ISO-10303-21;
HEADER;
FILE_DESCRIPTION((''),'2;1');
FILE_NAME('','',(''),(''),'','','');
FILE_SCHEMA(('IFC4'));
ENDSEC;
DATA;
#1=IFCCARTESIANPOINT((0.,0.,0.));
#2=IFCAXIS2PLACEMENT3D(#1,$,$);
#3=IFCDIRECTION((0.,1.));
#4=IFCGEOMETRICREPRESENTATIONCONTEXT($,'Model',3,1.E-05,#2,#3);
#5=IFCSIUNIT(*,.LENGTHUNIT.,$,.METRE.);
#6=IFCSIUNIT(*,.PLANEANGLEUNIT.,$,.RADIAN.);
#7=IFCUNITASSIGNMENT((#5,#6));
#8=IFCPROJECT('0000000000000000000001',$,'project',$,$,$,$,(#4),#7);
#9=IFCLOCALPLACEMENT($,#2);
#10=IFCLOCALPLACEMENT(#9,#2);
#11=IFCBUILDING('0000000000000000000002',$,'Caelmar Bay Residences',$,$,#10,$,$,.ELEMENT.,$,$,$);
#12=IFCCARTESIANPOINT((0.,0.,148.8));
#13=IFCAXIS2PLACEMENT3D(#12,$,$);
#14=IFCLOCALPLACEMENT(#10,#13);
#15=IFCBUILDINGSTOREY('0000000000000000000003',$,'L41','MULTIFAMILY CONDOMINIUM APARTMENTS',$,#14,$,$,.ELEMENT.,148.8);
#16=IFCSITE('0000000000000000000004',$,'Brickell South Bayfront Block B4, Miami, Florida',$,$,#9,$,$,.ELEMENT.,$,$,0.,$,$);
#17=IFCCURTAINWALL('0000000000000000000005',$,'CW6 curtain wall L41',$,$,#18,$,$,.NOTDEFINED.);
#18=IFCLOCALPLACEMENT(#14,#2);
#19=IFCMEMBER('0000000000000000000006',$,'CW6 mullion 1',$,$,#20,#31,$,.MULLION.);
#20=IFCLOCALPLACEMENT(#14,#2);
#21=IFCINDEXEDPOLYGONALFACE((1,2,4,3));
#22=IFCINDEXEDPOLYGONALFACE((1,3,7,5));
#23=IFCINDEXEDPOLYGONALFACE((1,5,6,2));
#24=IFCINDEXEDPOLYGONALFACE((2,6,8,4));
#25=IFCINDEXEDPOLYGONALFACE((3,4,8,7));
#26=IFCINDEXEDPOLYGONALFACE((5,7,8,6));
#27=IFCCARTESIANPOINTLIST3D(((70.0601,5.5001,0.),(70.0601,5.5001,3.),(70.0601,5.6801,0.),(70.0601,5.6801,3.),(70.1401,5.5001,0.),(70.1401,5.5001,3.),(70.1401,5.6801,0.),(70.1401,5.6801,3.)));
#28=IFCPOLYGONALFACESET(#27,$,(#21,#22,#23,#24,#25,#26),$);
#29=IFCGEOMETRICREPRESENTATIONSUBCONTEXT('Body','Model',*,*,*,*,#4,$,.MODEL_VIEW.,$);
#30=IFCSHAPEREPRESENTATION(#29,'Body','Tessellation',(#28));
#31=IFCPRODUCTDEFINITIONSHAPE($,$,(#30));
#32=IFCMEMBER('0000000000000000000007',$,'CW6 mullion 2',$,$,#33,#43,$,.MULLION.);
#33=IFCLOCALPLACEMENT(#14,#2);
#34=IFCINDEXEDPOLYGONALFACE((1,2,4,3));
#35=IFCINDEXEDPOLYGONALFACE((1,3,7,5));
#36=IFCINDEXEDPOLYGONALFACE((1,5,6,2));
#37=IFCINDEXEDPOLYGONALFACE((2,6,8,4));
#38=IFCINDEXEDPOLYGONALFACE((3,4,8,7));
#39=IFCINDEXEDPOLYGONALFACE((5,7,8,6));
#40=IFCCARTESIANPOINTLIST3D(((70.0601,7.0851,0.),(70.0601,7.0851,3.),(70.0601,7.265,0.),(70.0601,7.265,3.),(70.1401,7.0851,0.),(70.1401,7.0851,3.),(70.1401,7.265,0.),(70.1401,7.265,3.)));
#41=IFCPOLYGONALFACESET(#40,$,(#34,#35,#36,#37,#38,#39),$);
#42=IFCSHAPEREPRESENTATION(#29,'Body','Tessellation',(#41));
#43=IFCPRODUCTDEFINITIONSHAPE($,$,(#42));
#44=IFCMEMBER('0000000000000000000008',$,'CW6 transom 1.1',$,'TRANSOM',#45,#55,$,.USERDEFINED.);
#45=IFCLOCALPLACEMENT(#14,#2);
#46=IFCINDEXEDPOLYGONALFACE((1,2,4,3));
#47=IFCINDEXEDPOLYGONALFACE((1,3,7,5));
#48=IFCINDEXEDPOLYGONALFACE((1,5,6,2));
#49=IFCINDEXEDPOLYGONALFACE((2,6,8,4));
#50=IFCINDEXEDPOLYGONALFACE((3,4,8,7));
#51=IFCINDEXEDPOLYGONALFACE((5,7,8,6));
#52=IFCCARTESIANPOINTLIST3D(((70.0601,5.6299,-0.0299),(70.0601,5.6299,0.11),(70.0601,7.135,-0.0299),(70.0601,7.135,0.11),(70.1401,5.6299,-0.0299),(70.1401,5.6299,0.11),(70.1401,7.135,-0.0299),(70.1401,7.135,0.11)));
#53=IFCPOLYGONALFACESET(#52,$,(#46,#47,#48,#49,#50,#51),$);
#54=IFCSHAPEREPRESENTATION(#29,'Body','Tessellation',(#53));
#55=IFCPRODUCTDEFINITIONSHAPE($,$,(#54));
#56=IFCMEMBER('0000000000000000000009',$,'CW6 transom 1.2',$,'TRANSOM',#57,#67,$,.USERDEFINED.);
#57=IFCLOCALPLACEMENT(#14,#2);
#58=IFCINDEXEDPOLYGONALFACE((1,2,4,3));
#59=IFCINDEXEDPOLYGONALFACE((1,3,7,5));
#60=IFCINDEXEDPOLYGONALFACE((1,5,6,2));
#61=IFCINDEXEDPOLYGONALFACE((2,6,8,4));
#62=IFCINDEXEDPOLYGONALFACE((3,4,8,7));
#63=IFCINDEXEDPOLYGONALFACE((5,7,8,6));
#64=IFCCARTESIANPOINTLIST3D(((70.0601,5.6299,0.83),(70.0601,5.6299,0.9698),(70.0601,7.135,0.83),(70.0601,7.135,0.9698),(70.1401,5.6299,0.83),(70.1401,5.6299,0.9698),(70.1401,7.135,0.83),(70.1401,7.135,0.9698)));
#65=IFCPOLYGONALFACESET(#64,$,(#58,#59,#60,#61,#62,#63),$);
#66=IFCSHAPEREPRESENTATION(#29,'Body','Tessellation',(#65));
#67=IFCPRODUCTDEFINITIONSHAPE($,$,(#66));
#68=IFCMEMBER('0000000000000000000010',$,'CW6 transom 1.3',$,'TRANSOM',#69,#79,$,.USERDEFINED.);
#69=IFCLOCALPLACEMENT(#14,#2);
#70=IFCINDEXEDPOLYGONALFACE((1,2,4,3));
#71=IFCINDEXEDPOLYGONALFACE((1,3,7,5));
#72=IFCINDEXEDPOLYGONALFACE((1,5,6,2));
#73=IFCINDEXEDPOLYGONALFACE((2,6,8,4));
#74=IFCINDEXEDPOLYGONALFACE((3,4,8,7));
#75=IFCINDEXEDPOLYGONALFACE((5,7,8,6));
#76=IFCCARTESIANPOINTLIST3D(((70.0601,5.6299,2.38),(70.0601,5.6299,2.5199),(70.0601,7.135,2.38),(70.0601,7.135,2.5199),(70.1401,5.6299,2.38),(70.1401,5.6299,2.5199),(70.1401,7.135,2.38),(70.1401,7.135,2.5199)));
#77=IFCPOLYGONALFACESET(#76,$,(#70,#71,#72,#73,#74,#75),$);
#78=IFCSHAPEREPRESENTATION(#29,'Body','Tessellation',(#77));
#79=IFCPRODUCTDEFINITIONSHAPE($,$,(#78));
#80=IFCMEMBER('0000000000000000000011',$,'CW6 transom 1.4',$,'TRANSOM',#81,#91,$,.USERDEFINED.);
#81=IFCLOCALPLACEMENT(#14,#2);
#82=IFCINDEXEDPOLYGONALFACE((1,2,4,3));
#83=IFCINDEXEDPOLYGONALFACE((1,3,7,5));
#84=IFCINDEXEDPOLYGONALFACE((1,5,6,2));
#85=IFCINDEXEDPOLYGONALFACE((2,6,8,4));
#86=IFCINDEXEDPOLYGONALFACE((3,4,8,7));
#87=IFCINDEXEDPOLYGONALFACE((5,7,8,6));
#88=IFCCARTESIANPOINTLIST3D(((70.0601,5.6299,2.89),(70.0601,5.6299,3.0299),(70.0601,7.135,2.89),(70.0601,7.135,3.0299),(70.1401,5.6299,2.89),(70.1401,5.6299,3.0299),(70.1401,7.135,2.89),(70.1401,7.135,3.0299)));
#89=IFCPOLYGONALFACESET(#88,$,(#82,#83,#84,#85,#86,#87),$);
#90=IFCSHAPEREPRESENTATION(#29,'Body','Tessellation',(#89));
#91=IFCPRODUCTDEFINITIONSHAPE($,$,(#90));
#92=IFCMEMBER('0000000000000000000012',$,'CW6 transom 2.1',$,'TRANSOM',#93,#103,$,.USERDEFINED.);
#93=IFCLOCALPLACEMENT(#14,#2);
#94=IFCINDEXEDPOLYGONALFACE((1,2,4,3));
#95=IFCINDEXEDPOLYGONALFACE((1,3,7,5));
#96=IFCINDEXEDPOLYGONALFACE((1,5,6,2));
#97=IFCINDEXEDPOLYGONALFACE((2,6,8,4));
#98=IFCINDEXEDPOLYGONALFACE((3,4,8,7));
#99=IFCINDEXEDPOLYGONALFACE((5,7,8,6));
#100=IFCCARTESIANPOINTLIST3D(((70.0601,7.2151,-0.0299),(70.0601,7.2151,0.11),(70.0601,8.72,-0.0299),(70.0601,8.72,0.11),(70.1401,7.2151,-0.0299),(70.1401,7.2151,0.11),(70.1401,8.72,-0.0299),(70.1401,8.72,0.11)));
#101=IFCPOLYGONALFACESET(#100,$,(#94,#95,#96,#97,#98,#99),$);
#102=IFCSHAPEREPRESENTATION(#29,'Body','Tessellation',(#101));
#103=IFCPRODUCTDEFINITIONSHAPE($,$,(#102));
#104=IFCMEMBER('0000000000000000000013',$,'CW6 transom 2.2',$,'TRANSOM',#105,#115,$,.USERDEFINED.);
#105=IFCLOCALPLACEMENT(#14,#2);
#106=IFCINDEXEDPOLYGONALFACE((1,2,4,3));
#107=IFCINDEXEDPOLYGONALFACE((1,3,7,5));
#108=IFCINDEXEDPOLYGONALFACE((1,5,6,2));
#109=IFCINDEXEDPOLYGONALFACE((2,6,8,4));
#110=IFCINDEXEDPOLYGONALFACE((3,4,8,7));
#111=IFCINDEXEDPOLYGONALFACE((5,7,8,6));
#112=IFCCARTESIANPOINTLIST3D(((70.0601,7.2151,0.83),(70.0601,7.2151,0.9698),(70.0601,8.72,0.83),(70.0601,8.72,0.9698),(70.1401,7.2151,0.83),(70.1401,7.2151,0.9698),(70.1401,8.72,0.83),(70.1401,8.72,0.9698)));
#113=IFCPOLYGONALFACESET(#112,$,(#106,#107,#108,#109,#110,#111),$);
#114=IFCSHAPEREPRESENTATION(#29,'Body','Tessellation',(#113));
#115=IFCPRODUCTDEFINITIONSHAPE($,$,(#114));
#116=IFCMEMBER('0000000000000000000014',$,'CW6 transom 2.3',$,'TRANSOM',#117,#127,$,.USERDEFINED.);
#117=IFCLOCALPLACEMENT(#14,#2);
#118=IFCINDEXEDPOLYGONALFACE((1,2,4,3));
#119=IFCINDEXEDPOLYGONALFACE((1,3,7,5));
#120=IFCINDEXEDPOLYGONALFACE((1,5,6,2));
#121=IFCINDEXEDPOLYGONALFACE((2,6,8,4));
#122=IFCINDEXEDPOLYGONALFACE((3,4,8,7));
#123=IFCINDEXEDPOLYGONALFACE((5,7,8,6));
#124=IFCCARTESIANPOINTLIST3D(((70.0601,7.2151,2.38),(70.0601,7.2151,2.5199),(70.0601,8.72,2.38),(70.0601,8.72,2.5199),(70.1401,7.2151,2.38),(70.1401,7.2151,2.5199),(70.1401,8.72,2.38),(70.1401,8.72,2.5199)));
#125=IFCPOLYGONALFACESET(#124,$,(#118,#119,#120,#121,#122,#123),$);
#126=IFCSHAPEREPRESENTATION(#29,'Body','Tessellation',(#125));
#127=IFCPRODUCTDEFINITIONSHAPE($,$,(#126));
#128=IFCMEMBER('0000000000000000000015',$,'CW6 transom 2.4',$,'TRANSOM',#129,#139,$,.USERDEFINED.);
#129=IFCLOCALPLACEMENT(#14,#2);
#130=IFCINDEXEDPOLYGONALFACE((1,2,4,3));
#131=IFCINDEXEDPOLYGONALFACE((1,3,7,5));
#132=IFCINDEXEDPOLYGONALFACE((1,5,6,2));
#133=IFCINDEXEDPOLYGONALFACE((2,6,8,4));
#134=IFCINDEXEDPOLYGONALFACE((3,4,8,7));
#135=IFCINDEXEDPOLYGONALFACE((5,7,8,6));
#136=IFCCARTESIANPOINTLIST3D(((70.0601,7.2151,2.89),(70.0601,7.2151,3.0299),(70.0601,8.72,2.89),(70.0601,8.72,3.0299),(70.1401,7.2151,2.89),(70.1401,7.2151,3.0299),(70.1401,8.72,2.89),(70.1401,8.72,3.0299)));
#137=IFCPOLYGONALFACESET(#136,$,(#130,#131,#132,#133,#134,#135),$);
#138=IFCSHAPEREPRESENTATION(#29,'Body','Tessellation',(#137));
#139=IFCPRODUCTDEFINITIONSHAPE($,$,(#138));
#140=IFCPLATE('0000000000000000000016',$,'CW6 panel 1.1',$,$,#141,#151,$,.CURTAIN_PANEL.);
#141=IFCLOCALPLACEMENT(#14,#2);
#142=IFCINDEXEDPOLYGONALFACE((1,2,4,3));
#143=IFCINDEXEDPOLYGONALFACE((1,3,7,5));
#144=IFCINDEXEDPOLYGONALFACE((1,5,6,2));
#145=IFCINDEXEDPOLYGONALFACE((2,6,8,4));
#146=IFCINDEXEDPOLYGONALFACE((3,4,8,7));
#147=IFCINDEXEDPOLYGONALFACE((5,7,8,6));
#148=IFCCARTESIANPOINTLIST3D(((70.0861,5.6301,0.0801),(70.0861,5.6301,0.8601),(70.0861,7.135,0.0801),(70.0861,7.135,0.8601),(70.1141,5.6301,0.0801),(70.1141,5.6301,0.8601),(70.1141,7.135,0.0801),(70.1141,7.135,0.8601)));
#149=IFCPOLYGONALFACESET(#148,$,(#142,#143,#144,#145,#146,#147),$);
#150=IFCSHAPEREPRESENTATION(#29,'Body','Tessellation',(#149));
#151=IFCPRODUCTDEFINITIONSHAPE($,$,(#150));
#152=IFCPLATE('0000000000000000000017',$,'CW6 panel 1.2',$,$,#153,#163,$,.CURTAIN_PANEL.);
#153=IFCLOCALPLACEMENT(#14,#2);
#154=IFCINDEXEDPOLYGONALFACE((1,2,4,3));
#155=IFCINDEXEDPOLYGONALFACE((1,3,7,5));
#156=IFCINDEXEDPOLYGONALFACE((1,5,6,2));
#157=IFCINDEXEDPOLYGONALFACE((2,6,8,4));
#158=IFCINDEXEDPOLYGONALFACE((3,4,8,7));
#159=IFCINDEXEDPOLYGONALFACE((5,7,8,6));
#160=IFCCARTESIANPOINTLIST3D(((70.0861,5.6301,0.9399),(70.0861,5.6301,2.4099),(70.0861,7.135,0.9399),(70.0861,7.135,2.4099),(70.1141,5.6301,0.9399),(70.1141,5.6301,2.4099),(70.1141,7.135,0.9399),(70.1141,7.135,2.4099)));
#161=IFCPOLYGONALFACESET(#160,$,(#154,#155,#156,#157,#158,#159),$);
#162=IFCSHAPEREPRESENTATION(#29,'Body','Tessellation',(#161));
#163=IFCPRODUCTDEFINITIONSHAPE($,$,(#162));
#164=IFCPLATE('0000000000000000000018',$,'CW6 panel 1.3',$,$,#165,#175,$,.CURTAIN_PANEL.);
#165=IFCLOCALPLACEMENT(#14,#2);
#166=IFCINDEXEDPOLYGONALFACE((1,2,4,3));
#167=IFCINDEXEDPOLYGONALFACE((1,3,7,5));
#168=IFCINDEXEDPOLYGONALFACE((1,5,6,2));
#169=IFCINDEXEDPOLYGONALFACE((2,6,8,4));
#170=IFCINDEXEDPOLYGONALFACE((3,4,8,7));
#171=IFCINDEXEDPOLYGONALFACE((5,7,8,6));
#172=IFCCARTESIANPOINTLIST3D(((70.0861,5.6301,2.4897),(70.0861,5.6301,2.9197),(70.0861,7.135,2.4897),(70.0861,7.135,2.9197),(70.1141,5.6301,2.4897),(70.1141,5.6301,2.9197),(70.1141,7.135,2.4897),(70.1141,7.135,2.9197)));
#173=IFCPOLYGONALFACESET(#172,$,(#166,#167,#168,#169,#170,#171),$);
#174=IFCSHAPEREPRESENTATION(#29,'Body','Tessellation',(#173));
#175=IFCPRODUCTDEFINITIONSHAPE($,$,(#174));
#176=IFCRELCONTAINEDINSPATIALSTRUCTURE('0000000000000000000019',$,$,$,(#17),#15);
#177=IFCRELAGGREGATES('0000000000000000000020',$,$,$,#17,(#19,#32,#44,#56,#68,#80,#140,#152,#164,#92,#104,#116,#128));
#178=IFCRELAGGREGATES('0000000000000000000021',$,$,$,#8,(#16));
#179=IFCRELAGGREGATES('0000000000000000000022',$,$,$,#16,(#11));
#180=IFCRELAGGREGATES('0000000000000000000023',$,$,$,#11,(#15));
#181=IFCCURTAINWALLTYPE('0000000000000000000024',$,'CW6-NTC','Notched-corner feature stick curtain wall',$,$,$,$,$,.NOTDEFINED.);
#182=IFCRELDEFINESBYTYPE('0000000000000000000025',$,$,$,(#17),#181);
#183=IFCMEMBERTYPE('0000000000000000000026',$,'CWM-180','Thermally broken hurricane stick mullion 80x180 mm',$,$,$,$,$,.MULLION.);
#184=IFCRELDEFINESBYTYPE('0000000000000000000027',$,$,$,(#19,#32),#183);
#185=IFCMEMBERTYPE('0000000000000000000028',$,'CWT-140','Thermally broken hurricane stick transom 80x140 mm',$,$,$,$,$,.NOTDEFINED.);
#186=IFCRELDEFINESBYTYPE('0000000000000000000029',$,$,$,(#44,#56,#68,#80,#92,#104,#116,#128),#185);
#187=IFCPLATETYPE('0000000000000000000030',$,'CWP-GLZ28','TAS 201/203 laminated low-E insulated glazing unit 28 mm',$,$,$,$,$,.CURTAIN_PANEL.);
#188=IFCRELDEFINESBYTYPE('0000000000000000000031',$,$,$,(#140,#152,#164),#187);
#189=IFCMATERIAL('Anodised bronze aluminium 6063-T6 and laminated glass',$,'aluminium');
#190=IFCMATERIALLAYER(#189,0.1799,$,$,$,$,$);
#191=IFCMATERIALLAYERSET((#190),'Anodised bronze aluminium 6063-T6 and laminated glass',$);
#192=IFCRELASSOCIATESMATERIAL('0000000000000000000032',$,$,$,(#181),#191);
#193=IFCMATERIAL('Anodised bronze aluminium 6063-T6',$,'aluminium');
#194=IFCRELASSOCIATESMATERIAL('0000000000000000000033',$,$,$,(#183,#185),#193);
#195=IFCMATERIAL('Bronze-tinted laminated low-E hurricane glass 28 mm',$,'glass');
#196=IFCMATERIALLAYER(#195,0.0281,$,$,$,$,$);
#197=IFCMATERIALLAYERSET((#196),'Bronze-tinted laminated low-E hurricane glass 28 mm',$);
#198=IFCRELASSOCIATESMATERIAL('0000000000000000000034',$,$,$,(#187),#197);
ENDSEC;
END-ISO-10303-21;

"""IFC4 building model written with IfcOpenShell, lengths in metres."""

from ifc_helpers import new_model, si_unit, direction, frame, origin, origin_2d, place, context, subcontext, project, spatial, rectangle, extrude, material, layer, layer_set, material_profile, profile_set, type_object, element, aggregate, save


model = new_model("IFC4")

# Units and contexts
model_context = context("Model", 3, precision=1e-05, world=origin(), true_north=direction((0.0, 1.0)))
body_context = subcontext(model_context, "Body", "Model", "MODEL_VIEW")
ifc_project = project(units=[si_unit("LENGTHUNIT", "METRE"), si_unit("PLANEANGLEUNIT", "RADIAN")], contexts=[model_context])

# Site, building, storey
site_placement = place(None, origin())
site = spatial("IfcSite", under=ifc_project, at=site_placement, Name="Brickell South Bayfront Block B4, Miami, Florida", CompositionType="ELEMENT", RefElevation=0.0)
building_placement = place(site_placement, origin())
building = spatial("IfcBuilding", under=site, at=building_placement, Name="Caelmar Bay Residences", CompositionType="ELEMENT")
storey_placement = place(building_placement, frame((0.0, 0.0, 148.8)))
storey = spatial("IfcBuildingStorey", under=building, at=storey_placement, Name="L41", Description="MULTIFAMILY CONDOMINIUM APARTMENTS", CompositionType="ELEMENT", Elevation=148.8)

# Curtain wall, members, plates
ifc_material_1 = material(Name="Anodised bronze aluminium 6063-T6 and laminated glass", Category="aluminium")
ifc_layer_1 = layer(ifc_material_1, 0.1799)
ifc_layer_set_1 = layer_set([ifc_layer_1], Name="Anodised bronze aluminium 6063-T6 and laminated glass")
curtain_wall_type = type_object("IfcCurtainWallType", Name="CW6-NTC", Description="Notched-corner feature stick curtain wall", PredefinedType="NOTDEFINED", material=ifc_layer_set_1)
curtain_wall_placement = place(storey_placement, origin())
curtain_wall = element("IfcCurtainWall", 1, at=curtain_wall_placement, inside=storey, type_object=curtain_wall_type, Name="CW6 curtain wall L41", PredefinedType="NOTDEFINED")
ifc_material_2 = material(Name="Anodised bronze aluminium 6063-T6", Category="aluminium")
ifc_material_profile_1 = material_profile(ifc_material_2, rectangle(XDim=0.0801, YDim=0.1799, at=origin_2d()), Name="CWM-80X180")
ifc_profile_set_1 = profile_set([ifc_material_profile_1], Name="Anodised bronze aluminium 6063-T6")
member_type_1 = type_object("IfcMemberType", Name="CWM-180", Description="Thermally broken hurricane stick mullion 80x180 mm", PredefinedType="MULLION", material=ifc_profile_set_1)
member_1_placement = place(storey_placement, frame((70.1001, 5.5901, 0.0), z_axis=(0.0, 0.0, 1.0), x_axis=(-1.0, 0.0, 0.0)))
member_1 = element("IfcMember", 2, at=member_1_placement, type_object=member_type_1, Name="CW6 mullion 1", PredefinedType="MULLION", context=body_context, shape_type="SweptSolid", body=[
    extrude(rectangle(XDim=0.0801, YDim=0.1799, at=origin_2d()), origin(), (0.0, 0.0, 1.0), 3.0),
])
member_2_placement = place(storey_placement, frame((70.1001, 7.175, 0.0), z_axis=(0.0, 0.0, 1.0), x_axis=(-1.0, 0.0, 0.0)))
member_2 = element("IfcMember", 3, at=member_2_placement, type_object=member_type_1, Name="CW6 mullion 2", PredefinedType="MULLION", context=body_context, shape_type="SweptSolid", body=[
    extrude(rectangle(XDim=0.0801, YDim=0.1799, at=origin_2d()), origin(), (0.0, 0.0, 1.0), 3.0),
])
ifc_material_profile_2 = material_profile(ifc_material_2, rectangle(XDim=0.0801, YDim=0.1399, at=origin_2d()), Name="CWT-80X140")
ifc_profile_set_2 = profile_set([ifc_material_profile_2], Name="Anodised bronze aluminium 6063-T6")
member_type_2 = type_object("IfcMemberType", Name="CWT-140", Description="Thermally broken hurricane stick transom 80x140 mm", PredefinedType="NOTDEFINED", material=ifc_profile_set_2)
member_3_placement = place(storey_placement, frame((70.1001, 5.6299, 0.04), z_axis=(0.0, 1.0, 0.0), x_axis=(-1.0, 0.0, 0.0)))
member_3 = element("IfcMember", 4, at=member_3_placement, type_object=member_type_2, Name="CW6 transom 1.1", ObjectType="TRANSOM", PredefinedType="USERDEFINED", context=body_context, shape_type="SweptSolid", body=[
    extrude(rectangle(XDim=0.0801, YDim=0.1399, at=origin_2d()), origin(), (0.0, 0.0, 1.0), 1.5051),
])
member_4_placement = place(storey_placement, frame((70.1001, 5.6299, 0.8999), z_axis=(0.0, 1.0, 0.0), x_axis=(-1.0, 0.0, 0.0)))
member_4 = element("IfcMember", 5, at=member_4_placement, type_object=member_type_2, Name="CW6 transom 1.2", ObjectType="TRANSOM", PredefinedType="USERDEFINED", context=body_context, shape_type="SweptSolid", body=[
    extrude(rectangle(XDim=0.0801, YDim=0.1399, at=origin_2d()), origin(), (0.0, 0.0, 1.0), 1.5051),
])
member_5_placement = place(storey_placement, frame((70.1001, 5.6299, 2.45), z_axis=(0.0, 1.0, 0.0), x_axis=(-1.0, 0.0, 0.0)))
member_5 = element("IfcMember", 6, at=member_5_placement, type_object=member_type_2, Name="CW6 transom 1.3", ObjectType="TRANSOM", PredefinedType="USERDEFINED", context=body_context, shape_type="SweptSolid", body=[
    extrude(rectangle(XDim=0.0801, YDim=0.1399, at=origin_2d()), origin(), (0.0, 0.0, 1.0), 1.5051),
])
member_6_placement = place(storey_placement, frame((70.1001, 5.6299, 2.96), z_axis=(0.0, 1.0, 0.0), x_axis=(-1.0, 0.0, 0.0)))
member_6 = element("IfcMember", 7, at=member_6_placement, type_object=member_type_2, Name="CW6 transom 1.4", ObjectType="TRANSOM", PredefinedType="USERDEFINED", context=body_context, shape_type="SweptSolid", body=[
    extrude(rectangle(XDim=0.0801, YDim=0.1399, at=origin_2d()), origin(), (0.0, 0.0, 1.0), 1.5051),
])
member_7_placement = place(storey_placement, frame((70.1001, 7.2151, 0.04), z_axis=(0.0, 1.0, 0.0), x_axis=(-1.0, 0.0, 0.0)))
member_7 = element("IfcMember", 8, at=member_7_placement, type_object=member_type_2, Name="CW6 transom 2.1", ObjectType="TRANSOM", PredefinedType="USERDEFINED", context=body_context, shape_type="SweptSolid", body=[
    extrude(rectangle(XDim=0.0801, YDim=0.1399, at=origin_2d()), origin(), (0.0, 0.0, 1.0), 1.5049),
])
member_8_placement = place(storey_placement, frame((70.1001, 7.2151, 0.8999), z_axis=(0.0, 1.0, 0.0), x_axis=(-1.0, 0.0, 0.0)))
member_8 = element("IfcMember", 9, at=member_8_placement, type_object=member_type_2, Name="CW6 transom 2.2", ObjectType="TRANSOM", PredefinedType="USERDEFINED", context=body_context, shape_type="SweptSolid", body=[
    extrude(rectangle(XDim=0.0801, YDim=0.1399, at=origin_2d()), origin(), (0.0, 0.0, 1.0), 1.5049),
])
member_9_placement = place(storey_placement, frame((70.1001, 7.2151, 2.45), z_axis=(0.0, 1.0, 0.0), x_axis=(-1.0, 0.0, 0.0)))
member_9 = element("IfcMember", 10, at=member_9_placement, type_object=member_type_2, Name="CW6 transom 2.3", ObjectType="TRANSOM", PredefinedType="USERDEFINED", context=body_context, shape_type="SweptSolid", body=[
    extrude(rectangle(XDim=0.0801, YDim=0.1399, at=origin_2d()), origin(), (0.0, 0.0, 1.0), 1.5049),
])
member_10_placement = place(storey_placement, frame((70.1001, 7.2151, 2.96), z_axis=(0.0, 1.0, 0.0), x_axis=(-1.0, 0.0, 0.0)))
member_10 = element("IfcMember", 11, at=member_10_placement, type_object=member_type_2, Name="CW6 transom 2.4", ObjectType="TRANSOM", PredefinedType="USERDEFINED", context=body_context, shape_type="SweptSolid", body=[
    extrude(rectangle(XDim=0.0801, YDim=0.1399, at=origin_2d()), origin(), (0.0, 0.0, 1.0), 1.5049),
])
ifc_material_3 = material(Name="Bronze-tinted laminated low-E hurricane glass 28 mm", Category="glass")
ifc_layer_2 = layer(ifc_material_3, 0.0281)
ifc_layer_set_2 = layer_set([ifc_layer_2], Name="Bronze-tinted laminated low-E hurricane glass 28 mm")
plate_type = type_object("IfcPlateType", Name="CWP-GLZ28", Description="TAS 201/203 laminated low-E insulated glazing unit 28 mm", PredefinedType="CURTAIN_PANEL", material=ifc_layer_set_2)
plate_1_placement = place(storey_placement, frame((70.1001, 6.3826, 0.0801), z_axis=(0.0, 0.0, 1.0), x_axis=(0.0, 1.0, 0.0)))
plate_1 = element("IfcPlate", 12, at=plate_1_placement, type_object=plate_type, Name="CW6 panel 1.1", PredefinedType="CURTAIN_PANEL", context=body_context, shape_type="SweptSolid", body=[
    extrude(rectangle(XDim=1.5049, YDim=0.0281, at=origin_2d()), origin(), (0.0, 0.0, 1.0), 0.78),
])
plate_2_placement = place(storey_placement, frame((70.1001, 6.3826, 0.9399), z_axis=(0.0, 0.0, 1.0), x_axis=(0.0, 1.0, 0.0)))
plate_2 = element("IfcPlate", 13, at=plate_2_placement, type_object=plate_type, Name="CW6 panel 1.2", PredefinedType="CURTAIN_PANEL", context=body_context, shape_type="SweptSolid", body=[
    extrude(rectangle(XDim=1.5049, YDim=0.0281, at=origin_2d()), origin(), (0.0, 0.0, 1.0), 1.47),
])
plate_3_placement = place(storey_placement, frame((70.1001, 6.3826, 2.4897), z_axis=(0.0, 0.0, 1.0), x_axis=(0.0, 1.0, 0.0)))
plate_3 = element("IfcPlate", 14, at=plate_3_placement, type_object=plate_type, Name="CW6 panel 1.3", PredefinedType="CURTAIN_PANEL", context=body_context, shape_type="SweptSolid", body=[
    extrude(rectangle(XDim=1.5049, YDim=0.0281, at=origin_2d()), origin(), (0.0, 0.0, 1.0), 0.4299),
])
aggregate(curtain_wall, [member_1, member_2, member_3, member_4, member_5, member_6, plate_1, plate_2, plate_3, member_7, member_8, member_9, member_10])

save(model, "model.ifc")
